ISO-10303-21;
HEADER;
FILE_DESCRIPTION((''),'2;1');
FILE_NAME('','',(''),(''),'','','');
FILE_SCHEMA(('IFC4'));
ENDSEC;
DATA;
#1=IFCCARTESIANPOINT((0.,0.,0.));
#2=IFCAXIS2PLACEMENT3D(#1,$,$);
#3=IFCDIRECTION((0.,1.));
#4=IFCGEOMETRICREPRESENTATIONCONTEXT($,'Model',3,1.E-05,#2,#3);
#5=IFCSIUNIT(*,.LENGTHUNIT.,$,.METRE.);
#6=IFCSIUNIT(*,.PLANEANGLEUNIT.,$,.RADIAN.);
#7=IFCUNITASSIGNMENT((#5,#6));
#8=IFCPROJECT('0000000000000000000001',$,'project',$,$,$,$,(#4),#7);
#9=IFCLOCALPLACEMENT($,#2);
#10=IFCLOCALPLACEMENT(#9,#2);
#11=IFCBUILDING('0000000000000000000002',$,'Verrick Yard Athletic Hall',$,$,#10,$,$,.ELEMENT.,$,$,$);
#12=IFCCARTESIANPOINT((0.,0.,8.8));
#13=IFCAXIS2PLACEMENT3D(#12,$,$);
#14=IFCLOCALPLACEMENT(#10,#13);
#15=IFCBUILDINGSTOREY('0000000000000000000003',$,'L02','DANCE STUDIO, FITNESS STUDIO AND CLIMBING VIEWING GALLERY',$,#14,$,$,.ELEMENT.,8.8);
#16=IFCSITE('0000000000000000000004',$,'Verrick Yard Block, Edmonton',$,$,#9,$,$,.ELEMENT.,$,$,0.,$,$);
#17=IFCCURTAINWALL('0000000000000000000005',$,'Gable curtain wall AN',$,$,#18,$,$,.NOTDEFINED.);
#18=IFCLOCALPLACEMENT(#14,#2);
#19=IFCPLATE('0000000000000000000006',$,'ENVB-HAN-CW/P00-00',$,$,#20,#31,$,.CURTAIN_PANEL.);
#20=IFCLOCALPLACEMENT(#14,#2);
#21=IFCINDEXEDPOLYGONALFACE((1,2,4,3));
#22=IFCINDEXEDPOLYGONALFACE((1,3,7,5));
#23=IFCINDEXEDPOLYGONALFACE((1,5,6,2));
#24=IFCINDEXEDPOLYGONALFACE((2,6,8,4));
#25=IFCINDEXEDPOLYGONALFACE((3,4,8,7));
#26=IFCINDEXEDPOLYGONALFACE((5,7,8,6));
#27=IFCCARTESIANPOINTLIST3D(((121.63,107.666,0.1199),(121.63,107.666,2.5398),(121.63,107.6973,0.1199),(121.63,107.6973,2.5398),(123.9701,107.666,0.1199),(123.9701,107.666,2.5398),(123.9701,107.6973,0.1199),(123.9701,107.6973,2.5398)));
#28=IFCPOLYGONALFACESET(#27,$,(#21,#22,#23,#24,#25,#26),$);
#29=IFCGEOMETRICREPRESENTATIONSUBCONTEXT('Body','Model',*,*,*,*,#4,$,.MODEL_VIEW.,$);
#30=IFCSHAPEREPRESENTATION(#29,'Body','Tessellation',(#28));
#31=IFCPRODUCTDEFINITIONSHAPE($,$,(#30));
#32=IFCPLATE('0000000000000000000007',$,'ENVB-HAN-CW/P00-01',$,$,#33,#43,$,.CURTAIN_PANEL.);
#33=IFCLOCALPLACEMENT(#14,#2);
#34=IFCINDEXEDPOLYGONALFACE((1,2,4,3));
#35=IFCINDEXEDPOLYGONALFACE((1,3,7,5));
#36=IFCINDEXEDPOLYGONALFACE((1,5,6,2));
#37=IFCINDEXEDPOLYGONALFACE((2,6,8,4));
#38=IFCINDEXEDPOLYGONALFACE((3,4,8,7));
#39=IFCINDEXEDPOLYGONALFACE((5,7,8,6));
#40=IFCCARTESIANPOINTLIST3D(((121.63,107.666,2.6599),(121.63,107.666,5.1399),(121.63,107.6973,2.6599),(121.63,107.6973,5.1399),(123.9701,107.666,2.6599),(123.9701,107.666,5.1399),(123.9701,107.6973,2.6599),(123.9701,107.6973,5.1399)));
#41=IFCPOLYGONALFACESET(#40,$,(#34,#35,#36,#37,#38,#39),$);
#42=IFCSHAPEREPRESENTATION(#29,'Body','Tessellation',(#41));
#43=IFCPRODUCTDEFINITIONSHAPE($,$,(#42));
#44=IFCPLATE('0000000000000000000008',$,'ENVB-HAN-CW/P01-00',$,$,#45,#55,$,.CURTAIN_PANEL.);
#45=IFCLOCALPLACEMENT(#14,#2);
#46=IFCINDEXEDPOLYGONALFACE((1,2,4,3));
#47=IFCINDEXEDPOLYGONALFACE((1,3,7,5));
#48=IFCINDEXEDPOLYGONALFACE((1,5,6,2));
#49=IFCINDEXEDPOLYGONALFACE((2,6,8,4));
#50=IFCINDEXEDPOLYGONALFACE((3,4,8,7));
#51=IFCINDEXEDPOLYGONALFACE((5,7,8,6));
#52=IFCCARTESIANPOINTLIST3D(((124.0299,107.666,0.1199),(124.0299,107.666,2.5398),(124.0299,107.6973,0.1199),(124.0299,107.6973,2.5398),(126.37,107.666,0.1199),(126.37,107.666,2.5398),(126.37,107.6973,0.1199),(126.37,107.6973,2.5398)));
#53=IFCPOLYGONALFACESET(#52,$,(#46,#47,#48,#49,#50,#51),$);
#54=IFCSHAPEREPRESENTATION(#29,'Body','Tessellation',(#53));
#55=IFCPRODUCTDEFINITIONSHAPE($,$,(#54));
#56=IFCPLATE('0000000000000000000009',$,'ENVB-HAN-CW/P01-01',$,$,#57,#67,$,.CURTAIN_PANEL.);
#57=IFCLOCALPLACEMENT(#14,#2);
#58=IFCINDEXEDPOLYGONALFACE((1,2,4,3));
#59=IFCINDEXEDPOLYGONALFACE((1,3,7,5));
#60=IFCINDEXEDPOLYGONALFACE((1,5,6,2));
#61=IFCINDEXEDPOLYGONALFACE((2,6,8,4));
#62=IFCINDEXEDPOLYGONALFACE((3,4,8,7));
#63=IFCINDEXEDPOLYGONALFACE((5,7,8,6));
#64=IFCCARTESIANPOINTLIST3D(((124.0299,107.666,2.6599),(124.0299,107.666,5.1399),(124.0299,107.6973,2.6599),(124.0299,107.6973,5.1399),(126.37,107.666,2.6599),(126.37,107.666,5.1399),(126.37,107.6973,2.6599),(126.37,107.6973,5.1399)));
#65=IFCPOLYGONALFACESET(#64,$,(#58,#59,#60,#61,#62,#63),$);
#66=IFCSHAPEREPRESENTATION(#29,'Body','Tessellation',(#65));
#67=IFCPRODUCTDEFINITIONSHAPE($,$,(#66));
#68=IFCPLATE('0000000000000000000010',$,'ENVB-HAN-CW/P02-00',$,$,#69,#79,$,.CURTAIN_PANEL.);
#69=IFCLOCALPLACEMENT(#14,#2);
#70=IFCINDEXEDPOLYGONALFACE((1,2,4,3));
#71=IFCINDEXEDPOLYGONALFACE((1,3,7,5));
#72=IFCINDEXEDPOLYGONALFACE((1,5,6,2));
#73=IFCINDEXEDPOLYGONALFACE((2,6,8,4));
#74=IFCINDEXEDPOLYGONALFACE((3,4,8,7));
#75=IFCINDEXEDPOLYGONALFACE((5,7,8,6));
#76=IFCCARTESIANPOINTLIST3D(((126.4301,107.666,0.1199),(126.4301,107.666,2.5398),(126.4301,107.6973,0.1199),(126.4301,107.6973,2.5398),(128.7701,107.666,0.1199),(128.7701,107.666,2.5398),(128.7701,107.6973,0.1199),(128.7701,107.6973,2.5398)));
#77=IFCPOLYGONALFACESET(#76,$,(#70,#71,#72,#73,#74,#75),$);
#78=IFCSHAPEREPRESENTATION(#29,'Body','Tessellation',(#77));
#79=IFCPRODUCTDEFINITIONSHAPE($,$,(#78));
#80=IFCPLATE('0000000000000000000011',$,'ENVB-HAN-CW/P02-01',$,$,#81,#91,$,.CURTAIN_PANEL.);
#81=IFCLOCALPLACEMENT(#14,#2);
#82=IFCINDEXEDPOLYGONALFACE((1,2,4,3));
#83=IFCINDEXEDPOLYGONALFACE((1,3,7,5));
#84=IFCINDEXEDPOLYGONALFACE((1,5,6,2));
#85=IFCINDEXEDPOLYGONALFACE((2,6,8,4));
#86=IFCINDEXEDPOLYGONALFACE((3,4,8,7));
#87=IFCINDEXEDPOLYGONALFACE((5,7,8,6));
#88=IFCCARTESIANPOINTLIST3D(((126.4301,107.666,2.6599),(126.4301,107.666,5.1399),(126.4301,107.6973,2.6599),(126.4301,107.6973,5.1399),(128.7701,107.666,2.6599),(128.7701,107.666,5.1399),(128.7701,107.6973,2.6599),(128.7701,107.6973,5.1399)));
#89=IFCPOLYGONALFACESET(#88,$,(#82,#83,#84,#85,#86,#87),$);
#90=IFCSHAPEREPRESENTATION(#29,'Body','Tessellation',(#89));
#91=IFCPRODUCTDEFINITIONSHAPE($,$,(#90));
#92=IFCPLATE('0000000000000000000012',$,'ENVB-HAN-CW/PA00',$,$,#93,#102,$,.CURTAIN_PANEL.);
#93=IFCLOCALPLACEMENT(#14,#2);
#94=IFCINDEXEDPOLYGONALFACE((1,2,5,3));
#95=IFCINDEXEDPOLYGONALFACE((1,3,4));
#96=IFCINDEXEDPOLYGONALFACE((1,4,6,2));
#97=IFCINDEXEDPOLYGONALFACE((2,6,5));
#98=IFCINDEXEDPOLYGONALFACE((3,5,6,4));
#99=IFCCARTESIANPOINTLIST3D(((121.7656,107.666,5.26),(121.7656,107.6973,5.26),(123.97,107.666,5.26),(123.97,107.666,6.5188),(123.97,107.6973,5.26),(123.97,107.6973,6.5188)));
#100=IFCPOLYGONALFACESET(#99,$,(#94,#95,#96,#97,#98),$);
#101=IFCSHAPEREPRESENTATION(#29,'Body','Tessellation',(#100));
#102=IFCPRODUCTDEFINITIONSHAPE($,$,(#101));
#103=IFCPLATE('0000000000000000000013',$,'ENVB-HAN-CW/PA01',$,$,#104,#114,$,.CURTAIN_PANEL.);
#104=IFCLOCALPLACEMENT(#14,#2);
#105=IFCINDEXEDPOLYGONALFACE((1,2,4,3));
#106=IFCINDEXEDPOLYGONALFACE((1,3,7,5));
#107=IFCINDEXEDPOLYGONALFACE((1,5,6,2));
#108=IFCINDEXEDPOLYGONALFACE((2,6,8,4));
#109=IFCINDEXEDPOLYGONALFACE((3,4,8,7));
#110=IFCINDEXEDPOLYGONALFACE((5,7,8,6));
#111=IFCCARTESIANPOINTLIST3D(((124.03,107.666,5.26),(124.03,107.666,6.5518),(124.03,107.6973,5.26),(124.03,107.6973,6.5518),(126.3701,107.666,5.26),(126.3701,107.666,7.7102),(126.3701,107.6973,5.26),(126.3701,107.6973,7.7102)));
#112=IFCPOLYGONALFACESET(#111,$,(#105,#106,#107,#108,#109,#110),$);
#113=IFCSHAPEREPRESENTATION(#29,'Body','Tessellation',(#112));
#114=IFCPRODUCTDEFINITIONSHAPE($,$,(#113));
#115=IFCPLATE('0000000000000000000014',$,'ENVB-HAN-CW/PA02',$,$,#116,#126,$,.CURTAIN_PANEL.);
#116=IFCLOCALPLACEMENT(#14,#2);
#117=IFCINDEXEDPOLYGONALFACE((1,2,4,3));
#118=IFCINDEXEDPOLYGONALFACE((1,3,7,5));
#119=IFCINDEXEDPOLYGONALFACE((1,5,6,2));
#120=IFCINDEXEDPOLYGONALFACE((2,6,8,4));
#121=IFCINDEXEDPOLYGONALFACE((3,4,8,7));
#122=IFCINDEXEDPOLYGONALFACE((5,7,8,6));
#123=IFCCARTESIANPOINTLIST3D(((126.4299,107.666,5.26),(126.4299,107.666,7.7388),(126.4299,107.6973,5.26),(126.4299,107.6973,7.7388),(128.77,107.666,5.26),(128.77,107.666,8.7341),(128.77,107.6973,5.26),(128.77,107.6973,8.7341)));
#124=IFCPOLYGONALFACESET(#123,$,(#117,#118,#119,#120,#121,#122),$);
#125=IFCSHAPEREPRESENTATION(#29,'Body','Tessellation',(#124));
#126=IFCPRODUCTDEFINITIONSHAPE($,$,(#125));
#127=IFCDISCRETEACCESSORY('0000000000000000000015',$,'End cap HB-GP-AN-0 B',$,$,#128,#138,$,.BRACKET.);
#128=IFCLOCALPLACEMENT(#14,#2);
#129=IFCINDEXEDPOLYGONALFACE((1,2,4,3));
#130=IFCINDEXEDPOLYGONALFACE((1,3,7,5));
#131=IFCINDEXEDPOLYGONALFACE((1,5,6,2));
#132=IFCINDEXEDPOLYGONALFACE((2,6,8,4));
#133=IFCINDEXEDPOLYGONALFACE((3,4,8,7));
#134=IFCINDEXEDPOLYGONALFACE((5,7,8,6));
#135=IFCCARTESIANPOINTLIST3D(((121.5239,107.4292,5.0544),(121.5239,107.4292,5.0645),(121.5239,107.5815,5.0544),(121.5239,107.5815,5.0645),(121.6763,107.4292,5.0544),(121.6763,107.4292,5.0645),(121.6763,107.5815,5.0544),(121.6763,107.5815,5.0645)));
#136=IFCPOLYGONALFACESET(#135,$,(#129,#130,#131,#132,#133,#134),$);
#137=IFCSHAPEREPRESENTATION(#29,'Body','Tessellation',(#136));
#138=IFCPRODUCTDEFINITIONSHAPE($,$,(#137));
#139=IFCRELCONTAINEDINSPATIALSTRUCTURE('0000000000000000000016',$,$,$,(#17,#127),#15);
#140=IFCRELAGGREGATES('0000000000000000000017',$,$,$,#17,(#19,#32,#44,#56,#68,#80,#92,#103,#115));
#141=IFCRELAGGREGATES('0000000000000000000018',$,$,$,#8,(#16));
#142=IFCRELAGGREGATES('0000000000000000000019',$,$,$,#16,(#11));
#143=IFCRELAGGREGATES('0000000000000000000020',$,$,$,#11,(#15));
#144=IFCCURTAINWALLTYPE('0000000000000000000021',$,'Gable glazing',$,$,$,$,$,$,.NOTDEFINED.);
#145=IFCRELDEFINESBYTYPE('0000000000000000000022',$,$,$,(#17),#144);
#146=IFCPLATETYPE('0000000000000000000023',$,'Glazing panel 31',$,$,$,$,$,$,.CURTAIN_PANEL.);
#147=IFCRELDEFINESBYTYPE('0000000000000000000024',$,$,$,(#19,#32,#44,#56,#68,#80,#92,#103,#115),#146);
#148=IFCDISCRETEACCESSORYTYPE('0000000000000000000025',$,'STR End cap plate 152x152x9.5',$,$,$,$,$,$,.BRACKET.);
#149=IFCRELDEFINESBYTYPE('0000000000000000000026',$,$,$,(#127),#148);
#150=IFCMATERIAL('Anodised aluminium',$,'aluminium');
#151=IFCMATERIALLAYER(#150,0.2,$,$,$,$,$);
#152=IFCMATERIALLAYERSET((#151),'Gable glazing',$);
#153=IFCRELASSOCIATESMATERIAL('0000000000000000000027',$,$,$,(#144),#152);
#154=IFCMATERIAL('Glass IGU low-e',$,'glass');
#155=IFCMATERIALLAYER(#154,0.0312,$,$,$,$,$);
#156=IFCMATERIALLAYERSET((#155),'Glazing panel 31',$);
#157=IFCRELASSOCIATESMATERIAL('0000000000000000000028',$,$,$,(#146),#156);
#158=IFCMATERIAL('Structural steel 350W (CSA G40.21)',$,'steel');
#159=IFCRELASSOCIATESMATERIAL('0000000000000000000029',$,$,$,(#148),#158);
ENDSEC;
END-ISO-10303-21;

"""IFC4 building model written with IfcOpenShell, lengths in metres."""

from ifc_helpers import new_model, si_unit, direction, frame, origin, origin_2d, place, context, subcontext, project, spatial, polyline, rectangle, outline, extrude, material, layer, layer_set, material_profile, profile_set, type_object, element, aggregate, save


model = new_model("IFC4")

# Units and contexts
model_context = context("Model", 3, precision=1e-05, world=origin(), true_north=direction((0.0, 1.0)))
body_context = subcontext(model_context, "Body", "Model", "MODEL_VIEW")
ifc_project = project(units=[si_unit("LENGTHUNIT", "METRE"), si_unit("PLANEANGLEUNIT", "RADIAN")], contexts=[model_context])

# Site, building, storey
site_placement = place(None, origin())
site = spatial("IfcSite", under=ifc_project, at=site_placement, Name="Verrick Yard Block, Edmonton", CompositionType="ELEMENT", RefElevation=0.0)
building_placement = place(site_placement, origin())
building = spatial("IfcBuilding", under=site, at=building_placement, Name="Verrick Yard Athletic Hall", CompositionType="ELEMENT")
storey_placement = place(building_placement, frame((0.0, 0.0, 8.8)))
storey = spatial("IfcBuildingStorey", under=building, at=storey_placement, Name="L02", Description="DANCE STUDIO, FITNESS STUDIO AND CLIMBING VIEWING GALLERY", CompositionType="ELEMENT", Elevation=8.8)

# Shared definitions
ifc_material_1 = material(Name="Structural steel 350W (CSA G40.21)", Category="steel")

# Curtain wall
ifc_material_2 = material(Name="Anodised aluminium", Category="aluminium")
ifc_layer_1 = layer(ifc_material_2, 0.2)
ifc_layer_set_1 = layer_set([ifc_layer_1], Name="Gable glazing")
curtain_wall_type = type_object("IfcCurtainWallType", Name="Gable glazing", PredefinedType="NOTDEFINED", material=ifc_layer_set_1)
curtain_wall_placement = place(storey_placement, origin())
curtain_wall = element("IfcCurtainWall", 1, at=curtain_wall_placement, inside=storey, type_object=curtain_wall_type, Name="Gable curtain wall AN", PredefinedType="NOTDEFINED")

# Plates
ifc_material_3 = material(Name="Glass IGU low-e", Category="glass")
ifc_layer_2 = layer(ifc_material_3, 0.0312)
ifc_layer_set_2 = layer_set([ifc_layer_2], Name="Glazing panel 31")
plate_type = type_object("IfcPlateType", Name="Glazing panel 31", PredefinedType="CURTAIN_PANEL", material=ifc_layer_set_2)
plate_1_placement = place(storey_placement, frame((122.8, 107.6816, 0.1199), z_axis=(0.0, 0.0, 1.0), x_axis=(1.0, 0.0, 0.0)))
plate_1 = element("IfcPlate", 2, at=plate_1_placement, type_object=plate_type, Name="ENVB-HAN-CW/P00-00", PredefinedType="CURTAIN_PANEL", context=body_context, shape_type="SweptSolid", body=[
    extrude(rectangle(XDim=2.3401, YDim=0.0312, at=origin_2d()), origin(), (0.0, 0.0, 1.0), 2.4199),
])
plate_2_placement = place(storey_placement, frame((122.8, 107.6816, 2.6599), z_axis=(0.0, 0.0, 1.0), x_axis=(1.0, 0.0, 0.0)))
plate_2 = element("IfcPlate", 3, at=plate_2_placement, type_object=plate_type, Name="ENVB-HAN-CW/P00-01", PredefinedType="CURTAIN_PANEL", context=body_context, shape_type="SweptSolid", body=[
    extrude(rectangle(XDim=2.3401, YDim=0.0312, at=origin_2d()), origin(), (0.0, 0.0, 1.0), 2.48),
])
plate_3_placement = place(storey_placement, frame((125.2, 107.6816, 0.1199), z_axis=(0.0, 0.0, 1.0), x_axis=(1.0, 0.0, 0.0)))
plate_3 = element("IfcPlate", 4, at=plate_3_placement, type_object=plate_type, Name="ENVB-HAN-CW/P01-00", PredefinedType="CURTAIN_PANEL", context=body_context, shape_type="SweptSolid", body=[
    extrude(rectangle(XDim=2.3401, YDim=0.0312, at=origin_2d()), origin(), (0.0, 0.0, 1.0), 2.4199),
])
plate_4_placement = place(storey_placement, frame((125.2, 107.6816, 2.6599), z_axis=(0.0, 0.0, 1.0), x_axis=(1.0, 0.0, 0.0)))
plate_4 = element("IfcPlate", 5, at=plate_4_placement, type_object=plate_type, Name="ENVB-HAN-CW/P01-01", PredefinedType="CURTAIN_PANEL", context=body_context, shape_type="SweptSolid", body=[
    extrude(rectangle(XDim=2.3401, YDim=0.0312, at=origin_2d()), origin(), (0.0, 0.0, 1.0), 2.48),
])
plate_5_placement = place(storey_placement, frame((127.6001, 107.6816, 0.1199), z_axis=(0.0, 0.0, 1.0), x_axis=(1.0, 0.0, 0.0)))
plate_5 = element("IfcPlate", 6, at=plate_5_placement, type_object=plate_type, Name="ENVB-HAN-CW/P02-00", PredefinedType="CURTAIN_PANEL", context=body_context, shape_type="SweptSolid", body=[
    extrude(rectangle(XDim=2.3401, YDim=0.0312, at=origin_2d()), origin(), (0.0, 0.0, 1.0), 2.4199),
])
plate_6_placement = place(storey_placement, frame((127.6001, 107.6816, 2.6599), z_axis=(0.0, 0.0, 1.0), x_axis=(1.0, 0.0, 0.0)))
plate_6 = element("IfcPlate", 7, at=plate_6_placement, type_object=plate_type, Name="ENVB-HAN-CW/P02-01", PredefinedType="CURTAIN_PANEL", context=body_context, shape_type="SweptSolid", body=[
    extrude(rectangle(XDim=2.3401, YDim=0.0312, at=origin_2d()), origin(), (0.0, 0.0, 1.0), 2.48),
])
plate_7_placement = place(storey_placement, frame((121.7656, 107.6816, 5.26), z_axis=(0.0, 0.0, 1.0), x_axis=(1.0, 0.0, 0.0)))
plate_7 = element("IfcPlate", 8, at=plate_7_placement, type_object=plate_type, Name="ENVB-HAN-CW/PA00", PredefinedType="CURTAIN_PANEL", context=body_context, shape_type="SweptSolid", body=[
    extrude(outline(polyline([(2.2043, 1.2588), (2.2043, 0.0), (0.0, 0.0), (2.2043, 1.2588)])), frame((0.0, 0.0156, 0.0), z_axis=(0.0, -1.0, 0.0), x_axis=(1.0, 0.0, 0.0)), (0.0, 0.0, 1.0), 0.0312),
])
plate_8_placement = place(storey_placement, frame((124.03, 107.6816, 5.26), z_axis=(0.0, 0.0, 1.0), x_axis=(1.0, 0.0, 0.0)))
plate_8 = element("IfcPlate", 9, at=plate_8_placement, type_object=plate_type, Name="ENVB-HAN-CW/PA01", PredefinedType="CURTAIN_PANEL", context=body_context, shape_type="SweptSolid", body=[
    extrude(outline(polyline([(0.0, 1.2917), (2.3401, 2.4502), (2.3401, 0.0), (0.0, 0.0), (0.0, 1.2917)])), frame((0.0, 0.0156, 0.0), z_axis=(0.0, -1.0, 0.0), x_axis=(1.0, 0.0, 0.0)), (0.0, 0.0, 1.0), 0.0312),
])
plate_9_placement = place(storey_placement, frame((126.4299, 107.6816, 5.26), z_axis=(0.0, 0.0, 1.0), x_axis=(1.0, 0.0, 0.0)))
plate_9 = element("IfcPlate", 10, at=plate_9_placement, type_object=plate_type, Name="ENVB-HAN-CW/PA02", PredefinedType="CURTAIN_PANEL", context=body_context, shape_type="SweptSolid", body=[
    extrude(outline(polyline([(0.0, 2.4788), (2.3401, 3.4741), (2.3401, 0.0), (0.0, 0.0), (0.0, 2.4788)])), frame((0.0, 0.0156, 0.0), z_axis=(0.0, -1.0, 0.0), x_axis=(1.0, 0.0, 0.0)), (0.0, 0.0, 1.0), 0.0312),
])
aggregate(curtain_wall, [plate_1, plate_2, plate_3, plate_4, plate_5, plate_6, plate_7, plate_8, plate_9])

# Discrete accessory
ifc_material_profile_1 = material_profile(ifc_material_1, rectangle(XDim=0.1523, YDim=0.1523, at=origin_2d()), Name="STR End cap plate 152x152x9.5")
ifc_profile_set_1 = profile_set([ifc_material_profile_1], Name="Structural steel 350W (CSA G40.21)")
discrete_accessory_type = type_object("IfcDiscreteAccessoryType", Name="STR End cap plate 152x152x9.5", PredefinedType="BRACKET", material=ifc_profile_set_1)
discrete_accessory_placement = place(storey_placement, frame((121.6001, 107.5054, 5.0544), z_axis=(0.0, 0.0, 1.0), x_axis=(1.0, 0.0, 0.0)))
element("IfcDiscreteAccessory", 11, at=discrete_accessory_placement, inside=storey, type_object=discrete_accessory_type, Name="End cap HB-GP-AN-0 B", PredefinedType="BRACKET", context=body_context, shape_type="SweptSolid", body=[
    extrude(rectangle(XDim=0.1523, YDim=0.1523, at=origin_2d()), origin(), (0.0, 0.0, 1.0), 0.01),
])

save(model, "model.ifc")
